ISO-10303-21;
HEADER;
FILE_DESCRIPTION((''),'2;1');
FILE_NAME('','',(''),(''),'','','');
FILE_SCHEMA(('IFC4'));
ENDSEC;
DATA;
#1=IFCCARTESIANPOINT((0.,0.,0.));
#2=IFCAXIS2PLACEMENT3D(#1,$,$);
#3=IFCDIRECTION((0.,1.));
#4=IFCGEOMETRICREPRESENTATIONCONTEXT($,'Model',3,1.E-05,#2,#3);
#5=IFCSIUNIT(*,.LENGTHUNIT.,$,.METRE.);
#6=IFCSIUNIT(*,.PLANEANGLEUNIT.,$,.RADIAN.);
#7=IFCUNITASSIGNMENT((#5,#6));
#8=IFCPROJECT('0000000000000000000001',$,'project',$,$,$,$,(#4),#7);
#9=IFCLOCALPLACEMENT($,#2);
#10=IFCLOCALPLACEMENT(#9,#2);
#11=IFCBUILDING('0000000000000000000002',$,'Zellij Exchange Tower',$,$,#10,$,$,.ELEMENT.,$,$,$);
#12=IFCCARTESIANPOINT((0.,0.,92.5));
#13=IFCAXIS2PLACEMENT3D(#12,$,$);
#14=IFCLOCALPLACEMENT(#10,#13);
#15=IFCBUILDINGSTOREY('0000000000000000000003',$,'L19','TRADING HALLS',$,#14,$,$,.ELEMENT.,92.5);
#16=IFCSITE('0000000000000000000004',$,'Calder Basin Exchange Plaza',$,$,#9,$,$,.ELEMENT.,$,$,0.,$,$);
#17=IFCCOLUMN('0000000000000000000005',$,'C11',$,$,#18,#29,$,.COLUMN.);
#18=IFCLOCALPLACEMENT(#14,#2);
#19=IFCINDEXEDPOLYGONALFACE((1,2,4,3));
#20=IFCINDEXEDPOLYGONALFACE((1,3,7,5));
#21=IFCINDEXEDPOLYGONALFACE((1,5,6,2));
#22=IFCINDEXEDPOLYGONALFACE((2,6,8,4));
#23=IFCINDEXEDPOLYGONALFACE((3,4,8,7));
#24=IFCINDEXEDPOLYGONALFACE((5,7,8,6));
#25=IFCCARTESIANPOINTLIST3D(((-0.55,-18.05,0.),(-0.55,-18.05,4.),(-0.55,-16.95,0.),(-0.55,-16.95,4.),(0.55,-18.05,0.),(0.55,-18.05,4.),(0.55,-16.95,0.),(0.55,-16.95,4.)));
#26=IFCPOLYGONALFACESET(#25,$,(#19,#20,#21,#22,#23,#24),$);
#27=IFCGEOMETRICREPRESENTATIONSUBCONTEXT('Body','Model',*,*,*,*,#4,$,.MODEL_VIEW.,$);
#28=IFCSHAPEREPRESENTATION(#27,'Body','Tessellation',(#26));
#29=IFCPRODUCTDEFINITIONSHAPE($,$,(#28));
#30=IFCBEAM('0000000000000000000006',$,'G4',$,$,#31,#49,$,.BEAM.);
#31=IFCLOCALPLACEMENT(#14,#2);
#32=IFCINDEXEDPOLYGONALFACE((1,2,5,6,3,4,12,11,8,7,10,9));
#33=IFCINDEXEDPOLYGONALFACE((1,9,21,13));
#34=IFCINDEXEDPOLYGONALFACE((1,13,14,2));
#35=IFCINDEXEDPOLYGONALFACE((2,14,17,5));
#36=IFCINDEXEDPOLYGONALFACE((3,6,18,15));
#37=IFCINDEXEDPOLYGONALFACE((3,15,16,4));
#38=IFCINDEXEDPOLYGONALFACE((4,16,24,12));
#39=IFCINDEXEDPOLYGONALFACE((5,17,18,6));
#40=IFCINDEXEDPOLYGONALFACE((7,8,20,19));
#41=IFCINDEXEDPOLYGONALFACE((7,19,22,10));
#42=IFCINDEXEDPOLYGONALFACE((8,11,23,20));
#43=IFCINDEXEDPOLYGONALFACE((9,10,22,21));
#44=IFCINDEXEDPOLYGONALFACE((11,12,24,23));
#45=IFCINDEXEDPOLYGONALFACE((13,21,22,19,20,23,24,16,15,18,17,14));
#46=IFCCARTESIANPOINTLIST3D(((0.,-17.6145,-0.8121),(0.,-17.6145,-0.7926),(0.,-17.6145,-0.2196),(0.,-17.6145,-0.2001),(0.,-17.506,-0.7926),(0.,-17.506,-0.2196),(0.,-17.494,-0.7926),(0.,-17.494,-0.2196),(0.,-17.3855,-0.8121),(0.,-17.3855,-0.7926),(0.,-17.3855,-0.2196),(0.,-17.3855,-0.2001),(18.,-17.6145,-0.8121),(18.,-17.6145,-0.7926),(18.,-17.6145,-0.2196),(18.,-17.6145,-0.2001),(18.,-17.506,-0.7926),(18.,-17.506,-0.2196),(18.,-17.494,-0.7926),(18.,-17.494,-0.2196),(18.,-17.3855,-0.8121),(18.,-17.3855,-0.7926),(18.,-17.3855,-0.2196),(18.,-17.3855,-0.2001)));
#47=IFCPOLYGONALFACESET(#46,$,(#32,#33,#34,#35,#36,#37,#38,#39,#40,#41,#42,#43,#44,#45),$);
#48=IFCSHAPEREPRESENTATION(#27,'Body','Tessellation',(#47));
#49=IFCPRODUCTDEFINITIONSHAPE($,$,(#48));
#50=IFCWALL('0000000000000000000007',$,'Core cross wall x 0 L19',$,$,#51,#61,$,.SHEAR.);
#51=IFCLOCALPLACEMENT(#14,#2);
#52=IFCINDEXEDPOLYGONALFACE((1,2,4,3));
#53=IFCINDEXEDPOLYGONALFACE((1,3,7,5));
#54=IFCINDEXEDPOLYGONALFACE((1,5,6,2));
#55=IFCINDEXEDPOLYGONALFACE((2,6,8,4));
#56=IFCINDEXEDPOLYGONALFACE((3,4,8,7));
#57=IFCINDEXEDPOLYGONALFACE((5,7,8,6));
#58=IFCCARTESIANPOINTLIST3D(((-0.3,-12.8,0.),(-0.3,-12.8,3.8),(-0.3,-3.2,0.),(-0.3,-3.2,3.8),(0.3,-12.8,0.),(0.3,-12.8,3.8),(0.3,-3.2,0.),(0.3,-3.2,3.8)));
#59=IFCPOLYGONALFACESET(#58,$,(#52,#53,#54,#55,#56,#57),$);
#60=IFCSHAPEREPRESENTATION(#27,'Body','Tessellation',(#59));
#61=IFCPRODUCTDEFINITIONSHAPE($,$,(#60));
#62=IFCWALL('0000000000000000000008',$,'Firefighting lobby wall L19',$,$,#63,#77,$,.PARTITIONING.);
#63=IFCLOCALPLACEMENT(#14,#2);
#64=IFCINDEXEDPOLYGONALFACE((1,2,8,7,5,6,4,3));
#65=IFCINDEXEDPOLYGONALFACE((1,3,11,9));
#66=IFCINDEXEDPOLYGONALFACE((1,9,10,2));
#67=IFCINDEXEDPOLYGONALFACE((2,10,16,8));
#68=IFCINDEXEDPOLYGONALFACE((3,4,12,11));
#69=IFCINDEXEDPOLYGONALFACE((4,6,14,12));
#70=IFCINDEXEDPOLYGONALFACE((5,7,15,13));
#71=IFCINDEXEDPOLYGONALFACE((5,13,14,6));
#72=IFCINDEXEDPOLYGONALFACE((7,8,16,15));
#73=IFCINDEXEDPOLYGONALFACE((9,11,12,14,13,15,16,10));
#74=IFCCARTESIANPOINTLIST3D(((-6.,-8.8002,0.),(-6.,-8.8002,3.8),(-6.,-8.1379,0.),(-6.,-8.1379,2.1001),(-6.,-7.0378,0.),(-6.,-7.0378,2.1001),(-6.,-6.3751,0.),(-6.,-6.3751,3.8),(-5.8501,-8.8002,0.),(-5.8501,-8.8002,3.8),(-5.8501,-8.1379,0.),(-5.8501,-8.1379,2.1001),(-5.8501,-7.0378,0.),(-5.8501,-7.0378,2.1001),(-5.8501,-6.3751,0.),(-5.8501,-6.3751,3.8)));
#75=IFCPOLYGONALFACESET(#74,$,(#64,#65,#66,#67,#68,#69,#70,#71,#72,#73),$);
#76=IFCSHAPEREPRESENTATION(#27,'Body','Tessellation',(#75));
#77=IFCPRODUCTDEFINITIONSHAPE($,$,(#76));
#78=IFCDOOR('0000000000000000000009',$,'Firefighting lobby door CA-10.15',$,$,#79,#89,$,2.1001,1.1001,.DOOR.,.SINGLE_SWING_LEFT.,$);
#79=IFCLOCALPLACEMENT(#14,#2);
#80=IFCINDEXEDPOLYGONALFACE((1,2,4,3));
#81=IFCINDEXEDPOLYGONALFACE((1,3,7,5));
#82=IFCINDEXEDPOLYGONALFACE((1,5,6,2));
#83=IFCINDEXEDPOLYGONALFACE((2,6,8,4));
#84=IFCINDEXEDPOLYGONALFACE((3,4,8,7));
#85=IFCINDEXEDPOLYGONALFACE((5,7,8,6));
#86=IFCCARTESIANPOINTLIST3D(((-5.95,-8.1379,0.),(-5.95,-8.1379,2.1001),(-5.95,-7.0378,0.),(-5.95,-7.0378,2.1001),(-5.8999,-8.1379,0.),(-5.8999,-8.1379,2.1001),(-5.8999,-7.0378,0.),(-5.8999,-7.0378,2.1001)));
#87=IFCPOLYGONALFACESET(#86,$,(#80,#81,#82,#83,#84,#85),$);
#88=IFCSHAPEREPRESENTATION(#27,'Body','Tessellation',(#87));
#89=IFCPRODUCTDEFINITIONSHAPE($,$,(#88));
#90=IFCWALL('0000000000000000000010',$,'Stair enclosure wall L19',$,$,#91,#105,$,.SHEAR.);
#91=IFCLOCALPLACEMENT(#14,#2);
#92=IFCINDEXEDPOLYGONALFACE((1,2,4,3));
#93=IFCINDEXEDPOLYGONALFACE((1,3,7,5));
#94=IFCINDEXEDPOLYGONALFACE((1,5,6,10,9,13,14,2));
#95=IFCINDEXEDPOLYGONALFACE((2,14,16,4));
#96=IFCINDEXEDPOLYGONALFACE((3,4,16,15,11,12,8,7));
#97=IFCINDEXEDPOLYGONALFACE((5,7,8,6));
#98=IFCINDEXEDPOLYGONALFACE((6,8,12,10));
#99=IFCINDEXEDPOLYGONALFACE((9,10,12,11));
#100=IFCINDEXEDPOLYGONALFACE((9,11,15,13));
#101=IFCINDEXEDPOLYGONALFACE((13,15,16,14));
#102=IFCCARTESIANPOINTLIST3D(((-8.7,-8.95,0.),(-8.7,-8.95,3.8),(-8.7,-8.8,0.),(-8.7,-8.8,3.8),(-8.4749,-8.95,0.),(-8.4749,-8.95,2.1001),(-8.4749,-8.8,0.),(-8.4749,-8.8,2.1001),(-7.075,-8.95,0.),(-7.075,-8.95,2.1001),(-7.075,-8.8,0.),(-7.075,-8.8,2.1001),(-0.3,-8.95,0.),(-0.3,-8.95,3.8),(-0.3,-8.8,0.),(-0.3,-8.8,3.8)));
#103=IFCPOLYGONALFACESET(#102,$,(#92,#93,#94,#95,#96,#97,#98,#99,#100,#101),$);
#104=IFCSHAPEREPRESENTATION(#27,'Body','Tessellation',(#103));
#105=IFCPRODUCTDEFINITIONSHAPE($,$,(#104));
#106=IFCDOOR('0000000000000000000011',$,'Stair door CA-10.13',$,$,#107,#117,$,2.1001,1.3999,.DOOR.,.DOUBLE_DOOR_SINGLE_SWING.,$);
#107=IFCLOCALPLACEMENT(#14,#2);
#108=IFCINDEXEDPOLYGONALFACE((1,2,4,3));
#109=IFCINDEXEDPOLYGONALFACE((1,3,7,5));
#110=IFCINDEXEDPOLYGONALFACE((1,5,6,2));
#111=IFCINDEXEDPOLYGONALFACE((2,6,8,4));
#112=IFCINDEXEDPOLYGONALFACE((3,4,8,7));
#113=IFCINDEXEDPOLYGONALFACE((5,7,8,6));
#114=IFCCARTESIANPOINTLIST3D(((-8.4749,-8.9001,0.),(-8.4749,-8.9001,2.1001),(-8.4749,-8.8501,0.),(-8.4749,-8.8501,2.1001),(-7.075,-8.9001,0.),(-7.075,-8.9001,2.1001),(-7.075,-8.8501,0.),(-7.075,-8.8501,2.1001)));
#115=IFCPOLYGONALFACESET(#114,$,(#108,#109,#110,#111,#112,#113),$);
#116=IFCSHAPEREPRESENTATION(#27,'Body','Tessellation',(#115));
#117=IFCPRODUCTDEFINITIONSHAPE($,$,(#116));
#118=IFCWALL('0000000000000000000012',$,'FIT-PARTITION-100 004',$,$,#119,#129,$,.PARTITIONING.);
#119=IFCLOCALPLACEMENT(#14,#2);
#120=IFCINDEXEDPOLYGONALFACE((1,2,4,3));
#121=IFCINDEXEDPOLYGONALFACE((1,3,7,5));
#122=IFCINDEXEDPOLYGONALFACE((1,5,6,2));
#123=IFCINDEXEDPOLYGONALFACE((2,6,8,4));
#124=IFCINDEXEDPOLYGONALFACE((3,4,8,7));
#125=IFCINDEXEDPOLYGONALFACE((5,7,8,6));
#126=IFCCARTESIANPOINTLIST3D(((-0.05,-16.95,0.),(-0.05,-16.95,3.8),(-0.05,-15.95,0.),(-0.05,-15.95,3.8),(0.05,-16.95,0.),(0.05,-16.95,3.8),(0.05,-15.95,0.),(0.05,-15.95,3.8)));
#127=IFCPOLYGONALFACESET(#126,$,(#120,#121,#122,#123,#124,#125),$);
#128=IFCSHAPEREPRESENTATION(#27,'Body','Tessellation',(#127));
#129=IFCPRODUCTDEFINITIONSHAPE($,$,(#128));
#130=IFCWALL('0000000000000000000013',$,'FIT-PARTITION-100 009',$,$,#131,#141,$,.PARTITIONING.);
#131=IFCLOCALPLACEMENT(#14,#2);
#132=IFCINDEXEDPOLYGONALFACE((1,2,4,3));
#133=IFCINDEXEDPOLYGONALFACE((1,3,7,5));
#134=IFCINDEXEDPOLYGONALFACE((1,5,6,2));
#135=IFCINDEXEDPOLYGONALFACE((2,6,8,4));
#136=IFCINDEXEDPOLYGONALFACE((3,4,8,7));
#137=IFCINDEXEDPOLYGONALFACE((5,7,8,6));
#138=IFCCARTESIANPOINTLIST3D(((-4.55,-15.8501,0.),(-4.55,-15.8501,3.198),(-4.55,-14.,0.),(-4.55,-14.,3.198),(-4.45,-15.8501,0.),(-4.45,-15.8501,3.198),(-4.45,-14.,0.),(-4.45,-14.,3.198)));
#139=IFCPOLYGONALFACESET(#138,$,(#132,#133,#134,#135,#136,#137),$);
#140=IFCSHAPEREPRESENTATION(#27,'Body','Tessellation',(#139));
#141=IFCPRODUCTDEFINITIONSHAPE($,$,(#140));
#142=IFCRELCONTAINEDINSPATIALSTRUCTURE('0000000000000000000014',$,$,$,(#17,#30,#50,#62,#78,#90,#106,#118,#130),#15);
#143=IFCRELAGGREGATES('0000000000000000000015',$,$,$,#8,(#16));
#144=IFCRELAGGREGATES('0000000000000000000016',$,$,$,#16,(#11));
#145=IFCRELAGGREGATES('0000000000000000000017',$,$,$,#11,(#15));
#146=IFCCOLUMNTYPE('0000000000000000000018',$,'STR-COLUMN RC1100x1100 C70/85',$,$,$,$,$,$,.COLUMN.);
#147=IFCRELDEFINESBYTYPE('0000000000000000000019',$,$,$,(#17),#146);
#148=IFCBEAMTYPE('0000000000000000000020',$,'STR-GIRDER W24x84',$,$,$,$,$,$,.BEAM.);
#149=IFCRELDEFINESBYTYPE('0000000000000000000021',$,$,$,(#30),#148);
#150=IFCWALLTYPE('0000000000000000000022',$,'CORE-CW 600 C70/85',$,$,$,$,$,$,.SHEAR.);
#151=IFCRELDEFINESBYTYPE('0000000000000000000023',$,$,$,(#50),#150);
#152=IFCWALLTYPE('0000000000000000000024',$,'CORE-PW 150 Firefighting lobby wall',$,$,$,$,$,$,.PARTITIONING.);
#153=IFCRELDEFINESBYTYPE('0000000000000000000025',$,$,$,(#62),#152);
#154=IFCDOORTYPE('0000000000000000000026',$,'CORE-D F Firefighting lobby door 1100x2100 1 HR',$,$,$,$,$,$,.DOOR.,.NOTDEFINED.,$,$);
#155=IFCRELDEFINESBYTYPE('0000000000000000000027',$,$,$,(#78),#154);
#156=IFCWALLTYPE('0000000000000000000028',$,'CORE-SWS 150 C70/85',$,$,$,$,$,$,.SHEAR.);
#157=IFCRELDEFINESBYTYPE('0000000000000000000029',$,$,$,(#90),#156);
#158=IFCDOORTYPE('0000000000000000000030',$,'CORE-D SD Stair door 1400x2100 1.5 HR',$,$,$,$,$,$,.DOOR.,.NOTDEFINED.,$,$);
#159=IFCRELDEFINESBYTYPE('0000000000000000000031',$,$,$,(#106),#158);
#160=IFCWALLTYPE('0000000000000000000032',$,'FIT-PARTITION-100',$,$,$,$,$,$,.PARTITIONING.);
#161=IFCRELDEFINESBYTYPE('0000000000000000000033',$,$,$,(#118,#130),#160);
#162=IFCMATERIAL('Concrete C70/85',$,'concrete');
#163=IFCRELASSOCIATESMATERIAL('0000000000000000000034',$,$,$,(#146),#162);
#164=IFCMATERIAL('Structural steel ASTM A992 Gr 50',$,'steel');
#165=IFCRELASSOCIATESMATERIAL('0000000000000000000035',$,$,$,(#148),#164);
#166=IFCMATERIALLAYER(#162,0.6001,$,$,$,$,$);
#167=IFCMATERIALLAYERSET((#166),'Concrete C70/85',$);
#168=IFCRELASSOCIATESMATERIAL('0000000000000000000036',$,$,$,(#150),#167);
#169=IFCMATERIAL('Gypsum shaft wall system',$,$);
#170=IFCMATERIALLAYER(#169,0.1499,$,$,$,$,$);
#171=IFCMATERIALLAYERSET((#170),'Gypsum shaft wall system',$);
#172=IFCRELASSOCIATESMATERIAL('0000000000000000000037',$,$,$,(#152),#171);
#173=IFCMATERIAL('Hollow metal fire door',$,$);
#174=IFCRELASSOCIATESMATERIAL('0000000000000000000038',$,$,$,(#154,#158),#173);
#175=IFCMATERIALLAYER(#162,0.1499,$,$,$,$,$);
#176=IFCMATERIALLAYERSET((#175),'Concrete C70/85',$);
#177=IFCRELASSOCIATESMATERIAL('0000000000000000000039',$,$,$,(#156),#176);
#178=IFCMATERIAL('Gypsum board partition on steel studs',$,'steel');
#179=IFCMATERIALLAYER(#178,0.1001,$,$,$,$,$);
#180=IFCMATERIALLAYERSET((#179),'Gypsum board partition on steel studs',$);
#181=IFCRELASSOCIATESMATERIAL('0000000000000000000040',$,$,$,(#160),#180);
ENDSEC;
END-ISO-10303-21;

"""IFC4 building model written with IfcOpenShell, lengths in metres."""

from ifc_helpers import new_model, si_unit, direction, frame, frame_2d, origin, origin_2d, place, context, subcontext, project, spatial, rectangle, i_section, extrude, material, layer, layer_set, material_profile, profile_set, type_object, element, fill, save


model = new_model("IFC4")

# Units and contexts
model_context = context("Model", 3, precision=1e-05, world=origin(), true_north=direction((0.0, 1.0)))
body_context = subcontext(model_context, "Body", "Model", "MODEL_VIEW")
ifc_project = project(units=[si_unit("LENGTHUNIT", "METRE"), si_unit("PLANEANGLEUNIT", "RADIAN")], contexts=[model_context])

# Site, building, storey
site_placement = place(None, origin())
site = spatial("IfcSite", under=ifc_project, at=site_placement, Name="Calder Basin Exchange Plaza", CompositionType="ELEMENT", RefElevation=0.0)
building_placement = place(site_placement, origin())
building = spatial("IfcBuilding", under=site, at=building_placement, Name="Zellij Exchange Tower", CompositionType="ELEMENT")
storey_placement = place(building_placement, frame((0.0, 0.0, 92.5)))
storey = spatial("IfcBuildingStorey", under=building, at=storey_placement, Name="L19", Description="TRADING HALLS", CompositionType="ELEMENT", Elevation=92.5)

# Column
ifc_material_1 = material(Name="Concrete C70/85", Category="concrete")
ifc_material_profile_1 = material_profile(ifc_material_1, rectangle(XDim=1.1001, YDim=1.1001, at=origin_2d()), Name="STR-COLUMN RC1100x1100 C70/85")
ifc_profile_set_1 = profile_set([ifc_material_profile_1], Name="Concrete C70/85")
column_type = type_object("IfcColumnType", Name="STR-COLUMN RC1100x1100 C70/85", PredefinedType="COLUMN", material=ifc_profile_set_1)
column_placement = place(storey_placement, frame((0.0, -17.5, 0.0), z_axis=(0.0, 0.0, 1.0), x_axis=(1.0, 0.0, 0.0)))
element("IfcColumn", 1, at=column_placement, inside=storey, type_object=column_type, Name="C11", PredefinedType="COLUMN", context=body_context, shape_type="SweptSolid", body=[
    extrude(rectangle(XDim=1.1001, YDim=1.1001, at=origin_2d()), origin(), (0.0, 0.0, 1.0), 4.0),
])

# Beam
ifc_material_2 = material(Name="Structural steel ASTM A992 Gr 50", Category="steel")
ifc_material_profile_2 = material_profile(ifc_material_2, i_section(OverallWidth=0.229, OverallDepth=0.6121, WebThickness=0.012, FlangeThickness=0.0195, at=origin_2d()), Name="W24x84")
ifc_profile_set_2 = profile_set([ifc_material_profile_2], Name="Structural steel ASTM A992 Gr 50")
beam_type = type_object("IfcBeamType", Name="STR-GIRDER W24x84", PredefinedType="BEAM", material=ifc_profile_set_2)
beam_placement = place(storey_placement, frame((0.0, -17.5, -0.5061), z_axis=(1.0, 0.0, 0.0), x_axis=(0.0, 1.0, 0.0)))
element("IfcBeam", 2, at=beam_placement, inside=storey, type_object=beam_type, Name="G4", PredefinedType="BEAM", context=body_context, shape_type="SweptSolid", body=[
    extrude(i_section(OverallWidth=0.229, OverallDepth=0.6121, WebThickness=0.012, FlangeThickness=0.0195, at=origin_2d()), origin(), (0.0, 0.0, 1.0), 18.0),
])

# Wall
ifc_layer_1 = layer(ifc_material_1, 0.6001)
ifc_layer_set_1 = layer_set([ifc_layer_1], Name="Concrete C70/85")
wall_type_1 = type_object("IfcWallType", Name="CORE-CW 600 C70/85", PredefinedType="SHEAR", material=ifc_layer_set_1)
wall_1_placement = place(storey_placement, frame((0.0, -12.8, 0.0), z_axis=(0.0, 0.0, 1.0), x_axis=(0.0, 1.0, 0.0)))
element("IfcWall", 3, at=wall_1_placement, inside=storey, type_object=wall_type_1, Name="Core cross wall x 0 L19", PredefinedType="SHEAR", context=body_context, shape_type="SweptSolid", body=[
    extrude(rectangle(XDim=9.6001, YDim=0.6001, at=frame_2d((4.8, 0.0))), origin(), (0.0, 0.0, 1.0), 3.8),
])

# Walls, openings, doors
ifc_material_3 = material(Name="Gypsum shaft wall system")
ifc_layer_2 = layer(ifc_material_3, 0.1499)
ifc_layer_set_2 = layer_set([ifc_layer_2], Name="Gypsum shaft wall system")
wall_type_2 = type_object("IfcWallType", Name="CORE-PW 150 Firefighting lobby wall", PredefinedType="PARTITIONING", material=ifc_layer_set_2)
wall_2_placement = place(storey_placement, frame((-5.925, -8.8, 0.0), z_axis=(0.0, 0.0, 1.0), x_axis=(0.0, 1.0, 0.0)))
wall_2 = element("IfcWall", 4, at=wall_2_placement, inside=storey, type_object=wall_type_2, Name="Firefighting lobby wall L19", PredefinedType="PARTITIONING", context=body_context, shape_type="SweptSolid", body=[
    extrude(rectangle(XDim=2.425, YDim=0.1499, at=frame_2d((1.2124, 0.0))), origin(), (0.0, 0.0, 1.0), 3.8),
])
opening_1_placement = place(wall_2_placement, frame((0.6621, 0.0, 0.0)))
opening_1 = element("IfcOpeningElement", 5, at=opening_1_placement, cuts=wall_2, PredefinedType="OPENING", context=body_context, shape_type="SweptSolid", body=[
    extrude(rectangle(XDim=1.1001, YDim=2.1001, at=frame_2d((0.55, 1.05))), frame((0.0, 0.0869, 0.0), z_axis=(0.0, -1.0, 0.0), x_axis=(1.0, 0.0, 0.0)), (0.0, 0.0, 1.0), 0.1738),
])
ifc_material_4 = material(Name="Hollow metal fire door")
door_type_1 = type_object("IfcDoorType", Name="CORE-D F Firefighting lobby door 1100x2100 1 HR", OperationType="NOTDEFINED", PredefinedType="DOOR", material=ifc_material_4)
door_1_placement = place(opening_1_placement, origin())
door_1 = element("IfcDoor", 6, at=door_1_placement, inside=storey, type_object=door_type_1, Name="Firefighting lobby door CA-10.15", OperationType="SINGLE_SWING_LEFT", OverallHeight=2.1001, OverallWidth=1.1001, PredefinedType="DOOR", context=body_context, shape_type="SweptSolid", body=[
    extrude(rectangle(XDim=1.1001, YDim=2.1001, at=frame_2d((0.55, 1.05))), frame((0.0, 0.0249, 0.0), z_axis=(0.0, -1.0, 0.0), x_axis=(1.0, 0.0, 0.0)), (0.0, 0.0, 1.0), 0.05),
])
fill(opening_1, door_1)
ifc_layer_3 = layer(ifc_material_1, 0.1499)
ifc_layer_set_3 = layer_set([ifc_layer_3], Name="Concrete C70/85")
wall_type_3 = type_object("IfcWallType", Name="CORE-SWS 150 C70/85", PredefinedType="SHEAR", material=ifc_layer_set_3)
wall_3_placement = place(storey_placement, frame((-8.7, -8.875, 0.0), z_axis=(0.0, 0.0, 1.0), x_axis=(1.0, 0.0, 0.0)))
wall_3 = element("IfcWall", 7, at=wall_3_placement, inside=storey, type_object=wall_type_3, Name="Stair enclosure wall L19", PredefinedType="SHEAR", context=body_context, shape_type="SweptSolid", body=[
    extrude(rectangle(XDim=8.3999, YDim=0.1499, at=frame_2d((4.2, 0.0))), origin(), (0.0, 0.0, 1.0), 3.8),
])
opening_2_placement = place(wall_3_placement, frame((0.2251, 0.0, 0.0)))
opening_2 = element("IfcOpeningElement", 8, at=opening_2_placement, cuts=wall_3, PredefinedType="OPENING", context=body_context, shape_type="SweptSolid", body=[
    extrude(rectangle(XDim=1.3999, YDim=2.1001, at=frame_2d((0.7, 1.05))), frame((0.0, 0.0869, 0.0), z_axis=(0.0, -1.0, 0.0), x_axis=(1.0, 0.0, 0.0)), (0.0, 0.0, 1.0), 0.1738),
])
door_type_2 = type_object("IfcDoorType", Name="CORE-D SD Stair door 1400x2100 1.5 HR", OperationType="NOTDEFINED", PredefinedType="DOOR", material=ifc_material_4)
door_2_placement = place(opening_2_placement, origin())
door_2 = element("IfcDoor", 9, at=door_2_placement, inside=storey, type_object=door_type_2, Name="Stair door CA-10.13", OperationType="DOUBLE_DOOR_SINGLE_SWING", OverallHeight=2.1001, OverallWidth=1.3999, PredefinedType="DOOR", context=body_context, shape_type="SweptSolid", body=[
    extrude(rectangle(XDim=1.3999, YDim=2.1001, at=frame_2d((0.7, 1.05))), frame((0.0, 0.0249, 0.0), z_axis=(0.0, -1.0, 0.0), x_axis=(1.0, 0.0, 0.0)), (0.0, 0.0, 1.0), 0.05),
])
fill(opening_2, door_2)

# Walls
ifc_material_5 = material(Name="Gypsum board partition on steel studs", Category="steel")
ifc_layer_4 = layer(ifc_material_5, 0.1001)
ifc_layer_set_4 = layer_set([ifc_layer_4], Name="Gypsum board partition on steel studs")
wall_type_4 = type_object("IfcWallType", Name="FIT-PARTITION-100", PredefinedType="PARTITIONING", material=ifc_layer_set_4)
wall_4_placement = place(storey_placement, frame((0.0, -16.95, 0.0), z_axis=(0.0, 0.0, 1.0), x_axis=(0.0, 1.0, 0.0)))
element("IfcWall", 10, at=wall_4_placement, inside=storey, type_object=wall_type_4, Name="FIT-PARTITION-100 004", PredefinedType="PARTITIONING", context=body_context, shape_type="SweptSolid", body=[
    extrude(rectangle(XDim=1.0, YDim=0.1001, at=frame_2d((0.5, 0.0))), origin(), (0.0, 0.0, 1.0), 3.8),
])
wall_5_placement = place(storey_placement, frame((-4.5, -15.8501, 0.0), z_axis=(0.0, 0.0, 1.0), x_axis=(0.0, 1.0, 0.0)))
element("IfcWall", 11, at=wall_5_placement, inside=storey, type_object=wall_type_4, Name="FIT-PARTITION-100 009", PredefinedType="PARTITIONING", context=body_context, shape_type="SweptSolid", body=[
    extrude(rectangle(XDim=1.8501, YDim=0.1001, at=frame_2d((0.925, 0.0))), origin(), (0.0, 0.0, 1.0), 3.198),
])

save(model, "model.ifc")
